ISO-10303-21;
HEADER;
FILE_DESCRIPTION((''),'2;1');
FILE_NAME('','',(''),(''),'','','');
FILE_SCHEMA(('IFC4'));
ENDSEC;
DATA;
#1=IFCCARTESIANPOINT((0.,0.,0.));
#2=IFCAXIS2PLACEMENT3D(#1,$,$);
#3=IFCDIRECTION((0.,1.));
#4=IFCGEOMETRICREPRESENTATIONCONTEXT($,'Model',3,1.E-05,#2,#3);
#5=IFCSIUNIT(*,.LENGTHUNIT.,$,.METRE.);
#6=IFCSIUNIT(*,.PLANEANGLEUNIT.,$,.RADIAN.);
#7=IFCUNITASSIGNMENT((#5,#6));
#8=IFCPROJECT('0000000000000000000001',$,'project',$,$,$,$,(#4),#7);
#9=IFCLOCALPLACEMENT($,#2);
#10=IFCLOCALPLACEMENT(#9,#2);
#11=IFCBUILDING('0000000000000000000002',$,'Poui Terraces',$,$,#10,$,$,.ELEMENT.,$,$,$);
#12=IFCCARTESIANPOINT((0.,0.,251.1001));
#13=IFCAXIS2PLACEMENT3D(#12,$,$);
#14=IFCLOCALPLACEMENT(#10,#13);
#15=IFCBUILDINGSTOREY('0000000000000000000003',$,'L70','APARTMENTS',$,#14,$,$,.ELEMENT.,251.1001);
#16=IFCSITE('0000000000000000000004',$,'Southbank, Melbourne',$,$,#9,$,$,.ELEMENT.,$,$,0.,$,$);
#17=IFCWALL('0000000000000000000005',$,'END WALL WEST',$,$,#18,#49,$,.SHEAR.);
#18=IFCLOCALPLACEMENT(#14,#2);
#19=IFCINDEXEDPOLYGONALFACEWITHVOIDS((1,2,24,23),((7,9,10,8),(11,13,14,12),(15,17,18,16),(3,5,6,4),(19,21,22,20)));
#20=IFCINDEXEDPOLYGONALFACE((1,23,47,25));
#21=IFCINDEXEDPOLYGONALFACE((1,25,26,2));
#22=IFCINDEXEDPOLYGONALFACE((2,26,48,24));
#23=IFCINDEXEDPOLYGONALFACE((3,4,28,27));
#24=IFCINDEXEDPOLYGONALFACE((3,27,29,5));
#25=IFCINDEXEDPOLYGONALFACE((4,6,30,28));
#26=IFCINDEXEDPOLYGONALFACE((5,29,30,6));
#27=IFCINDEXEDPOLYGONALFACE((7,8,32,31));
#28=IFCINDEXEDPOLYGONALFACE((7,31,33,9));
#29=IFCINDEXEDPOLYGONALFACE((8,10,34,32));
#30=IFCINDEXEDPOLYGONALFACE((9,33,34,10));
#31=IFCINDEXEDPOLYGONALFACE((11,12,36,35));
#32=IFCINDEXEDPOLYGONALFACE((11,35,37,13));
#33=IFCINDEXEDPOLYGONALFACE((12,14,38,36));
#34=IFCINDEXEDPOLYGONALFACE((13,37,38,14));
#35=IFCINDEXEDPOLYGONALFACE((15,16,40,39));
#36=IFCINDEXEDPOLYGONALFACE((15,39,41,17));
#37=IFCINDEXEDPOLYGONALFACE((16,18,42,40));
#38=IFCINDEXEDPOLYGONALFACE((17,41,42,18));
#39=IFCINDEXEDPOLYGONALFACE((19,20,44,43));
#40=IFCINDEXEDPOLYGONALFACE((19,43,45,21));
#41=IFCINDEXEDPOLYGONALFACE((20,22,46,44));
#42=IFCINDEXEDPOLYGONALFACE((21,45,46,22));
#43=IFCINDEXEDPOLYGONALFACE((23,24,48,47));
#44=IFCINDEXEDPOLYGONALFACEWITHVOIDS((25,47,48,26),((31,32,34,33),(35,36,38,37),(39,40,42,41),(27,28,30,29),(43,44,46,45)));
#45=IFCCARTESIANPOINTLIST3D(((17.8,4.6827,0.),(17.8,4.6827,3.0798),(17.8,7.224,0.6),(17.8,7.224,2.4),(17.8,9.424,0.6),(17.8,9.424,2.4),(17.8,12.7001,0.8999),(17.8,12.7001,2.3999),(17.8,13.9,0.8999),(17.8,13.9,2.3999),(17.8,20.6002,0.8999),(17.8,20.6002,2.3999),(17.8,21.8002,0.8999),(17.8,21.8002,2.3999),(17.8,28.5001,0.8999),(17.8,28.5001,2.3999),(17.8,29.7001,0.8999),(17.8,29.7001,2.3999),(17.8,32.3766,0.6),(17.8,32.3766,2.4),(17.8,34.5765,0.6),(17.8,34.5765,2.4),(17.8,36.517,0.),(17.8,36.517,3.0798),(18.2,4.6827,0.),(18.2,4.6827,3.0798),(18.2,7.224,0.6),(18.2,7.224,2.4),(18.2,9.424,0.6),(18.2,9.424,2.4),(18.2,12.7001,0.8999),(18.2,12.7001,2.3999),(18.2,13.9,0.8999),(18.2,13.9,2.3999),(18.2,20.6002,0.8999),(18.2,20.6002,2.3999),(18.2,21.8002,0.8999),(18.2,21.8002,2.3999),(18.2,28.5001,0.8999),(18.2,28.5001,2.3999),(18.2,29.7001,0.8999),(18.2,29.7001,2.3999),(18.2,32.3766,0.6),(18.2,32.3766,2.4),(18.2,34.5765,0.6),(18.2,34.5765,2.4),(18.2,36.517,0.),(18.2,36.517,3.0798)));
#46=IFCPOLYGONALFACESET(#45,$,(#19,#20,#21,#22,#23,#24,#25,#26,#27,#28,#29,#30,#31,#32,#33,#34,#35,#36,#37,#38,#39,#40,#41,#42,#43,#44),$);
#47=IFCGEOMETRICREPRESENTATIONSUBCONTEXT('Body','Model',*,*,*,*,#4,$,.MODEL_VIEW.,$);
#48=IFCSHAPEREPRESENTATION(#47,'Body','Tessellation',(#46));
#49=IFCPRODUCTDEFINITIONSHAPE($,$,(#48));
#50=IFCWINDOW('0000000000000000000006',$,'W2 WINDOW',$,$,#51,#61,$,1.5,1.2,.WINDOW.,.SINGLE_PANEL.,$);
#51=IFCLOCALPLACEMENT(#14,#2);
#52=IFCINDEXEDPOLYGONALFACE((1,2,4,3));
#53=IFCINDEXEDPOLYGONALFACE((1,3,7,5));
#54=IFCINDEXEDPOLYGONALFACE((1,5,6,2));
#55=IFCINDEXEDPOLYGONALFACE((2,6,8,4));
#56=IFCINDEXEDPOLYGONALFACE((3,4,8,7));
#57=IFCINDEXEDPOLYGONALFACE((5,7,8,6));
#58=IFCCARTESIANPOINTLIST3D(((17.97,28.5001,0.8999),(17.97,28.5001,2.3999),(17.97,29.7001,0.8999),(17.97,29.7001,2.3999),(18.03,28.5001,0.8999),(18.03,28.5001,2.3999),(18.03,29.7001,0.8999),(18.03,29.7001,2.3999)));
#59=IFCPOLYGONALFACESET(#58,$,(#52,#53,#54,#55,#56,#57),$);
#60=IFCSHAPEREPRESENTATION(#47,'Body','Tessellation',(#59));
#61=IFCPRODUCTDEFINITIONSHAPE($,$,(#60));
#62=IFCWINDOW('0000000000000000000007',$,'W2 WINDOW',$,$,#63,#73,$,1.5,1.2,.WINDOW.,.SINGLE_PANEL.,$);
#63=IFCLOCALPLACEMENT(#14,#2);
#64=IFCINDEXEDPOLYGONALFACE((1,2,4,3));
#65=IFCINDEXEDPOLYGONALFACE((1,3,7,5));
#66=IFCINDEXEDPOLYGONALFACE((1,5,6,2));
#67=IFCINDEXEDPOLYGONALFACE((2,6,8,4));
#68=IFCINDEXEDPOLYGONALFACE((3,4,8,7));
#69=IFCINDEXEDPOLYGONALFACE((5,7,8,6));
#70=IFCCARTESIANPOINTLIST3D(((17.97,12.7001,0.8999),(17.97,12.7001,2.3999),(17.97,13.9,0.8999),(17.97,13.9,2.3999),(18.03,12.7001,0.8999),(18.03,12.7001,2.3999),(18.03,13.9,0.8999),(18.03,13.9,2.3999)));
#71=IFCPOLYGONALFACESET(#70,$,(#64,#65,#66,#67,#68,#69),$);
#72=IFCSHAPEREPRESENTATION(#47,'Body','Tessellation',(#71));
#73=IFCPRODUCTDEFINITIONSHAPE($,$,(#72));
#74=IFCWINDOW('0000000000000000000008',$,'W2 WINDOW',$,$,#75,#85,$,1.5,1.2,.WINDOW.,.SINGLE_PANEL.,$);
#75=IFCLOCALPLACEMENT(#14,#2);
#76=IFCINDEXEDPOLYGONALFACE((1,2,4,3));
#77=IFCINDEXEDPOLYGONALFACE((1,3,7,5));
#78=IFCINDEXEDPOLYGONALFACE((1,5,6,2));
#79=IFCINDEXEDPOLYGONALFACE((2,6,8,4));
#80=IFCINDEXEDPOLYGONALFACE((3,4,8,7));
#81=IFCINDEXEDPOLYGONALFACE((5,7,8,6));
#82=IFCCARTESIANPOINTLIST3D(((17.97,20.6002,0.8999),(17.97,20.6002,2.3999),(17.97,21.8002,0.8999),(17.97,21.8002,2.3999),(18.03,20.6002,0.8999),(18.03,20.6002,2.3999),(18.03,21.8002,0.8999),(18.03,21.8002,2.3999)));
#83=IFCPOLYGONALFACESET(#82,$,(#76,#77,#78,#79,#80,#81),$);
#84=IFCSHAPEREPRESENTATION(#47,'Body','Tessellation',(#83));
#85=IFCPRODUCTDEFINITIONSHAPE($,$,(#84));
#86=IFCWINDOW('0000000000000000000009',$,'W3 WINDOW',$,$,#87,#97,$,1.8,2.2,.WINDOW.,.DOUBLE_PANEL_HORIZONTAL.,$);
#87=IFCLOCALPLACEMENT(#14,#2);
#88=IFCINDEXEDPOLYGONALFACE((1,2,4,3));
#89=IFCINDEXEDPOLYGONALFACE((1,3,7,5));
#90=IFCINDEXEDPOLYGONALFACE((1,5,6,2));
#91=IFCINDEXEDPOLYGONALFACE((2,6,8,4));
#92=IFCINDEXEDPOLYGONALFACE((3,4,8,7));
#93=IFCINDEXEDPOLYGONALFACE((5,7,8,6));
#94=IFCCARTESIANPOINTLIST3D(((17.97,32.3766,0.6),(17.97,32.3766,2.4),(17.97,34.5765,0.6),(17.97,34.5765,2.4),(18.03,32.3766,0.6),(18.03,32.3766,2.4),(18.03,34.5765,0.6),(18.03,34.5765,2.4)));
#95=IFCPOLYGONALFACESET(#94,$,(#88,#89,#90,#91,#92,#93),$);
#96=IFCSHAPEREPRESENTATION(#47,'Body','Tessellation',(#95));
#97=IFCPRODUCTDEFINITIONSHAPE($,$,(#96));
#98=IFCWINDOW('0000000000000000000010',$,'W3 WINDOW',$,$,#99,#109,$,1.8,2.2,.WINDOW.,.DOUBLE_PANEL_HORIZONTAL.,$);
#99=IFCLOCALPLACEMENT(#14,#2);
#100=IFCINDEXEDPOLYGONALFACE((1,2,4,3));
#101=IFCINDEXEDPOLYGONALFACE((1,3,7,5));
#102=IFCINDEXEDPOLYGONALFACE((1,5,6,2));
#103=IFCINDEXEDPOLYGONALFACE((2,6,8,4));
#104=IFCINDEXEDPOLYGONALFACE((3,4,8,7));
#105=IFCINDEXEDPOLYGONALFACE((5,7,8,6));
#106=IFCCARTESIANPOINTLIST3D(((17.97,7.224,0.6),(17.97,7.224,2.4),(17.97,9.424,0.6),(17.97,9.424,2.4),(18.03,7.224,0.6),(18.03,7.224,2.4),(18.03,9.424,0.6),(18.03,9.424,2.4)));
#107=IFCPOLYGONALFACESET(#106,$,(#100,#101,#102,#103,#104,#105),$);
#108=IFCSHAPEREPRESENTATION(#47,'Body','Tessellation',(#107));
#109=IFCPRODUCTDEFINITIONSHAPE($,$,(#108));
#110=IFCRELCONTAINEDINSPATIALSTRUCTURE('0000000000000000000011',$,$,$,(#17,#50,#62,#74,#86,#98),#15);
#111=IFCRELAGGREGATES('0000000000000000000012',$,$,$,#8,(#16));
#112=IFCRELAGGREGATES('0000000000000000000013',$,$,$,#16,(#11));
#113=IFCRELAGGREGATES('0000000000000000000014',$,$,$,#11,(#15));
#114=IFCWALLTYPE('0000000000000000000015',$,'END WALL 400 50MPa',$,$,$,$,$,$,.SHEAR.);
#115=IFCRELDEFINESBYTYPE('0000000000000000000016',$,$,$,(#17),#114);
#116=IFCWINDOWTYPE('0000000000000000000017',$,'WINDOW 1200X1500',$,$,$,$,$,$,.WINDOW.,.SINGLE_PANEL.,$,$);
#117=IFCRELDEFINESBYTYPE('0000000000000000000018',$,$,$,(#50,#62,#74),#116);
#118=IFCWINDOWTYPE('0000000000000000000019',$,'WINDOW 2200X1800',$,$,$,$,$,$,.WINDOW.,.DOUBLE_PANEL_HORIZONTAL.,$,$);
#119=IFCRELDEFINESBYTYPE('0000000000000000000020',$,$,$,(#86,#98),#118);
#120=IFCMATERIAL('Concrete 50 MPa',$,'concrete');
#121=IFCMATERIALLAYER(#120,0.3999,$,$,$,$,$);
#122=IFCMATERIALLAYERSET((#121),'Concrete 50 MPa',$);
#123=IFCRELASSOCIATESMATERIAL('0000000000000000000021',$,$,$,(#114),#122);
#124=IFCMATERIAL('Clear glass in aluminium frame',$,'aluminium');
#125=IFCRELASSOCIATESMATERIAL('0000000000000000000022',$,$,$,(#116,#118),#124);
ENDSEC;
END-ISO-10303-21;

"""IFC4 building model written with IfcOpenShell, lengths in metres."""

from ifc_helpers import new_model, si_unit, direction, frame, frame_2d, origin, place, context, subcontext, project, spatial, rectangle, extrude, material, layer, layer_set, type_object, element, fill, save


model = new_model("IFC4")

# Units and contexts
model_context = context("Model", 3, precision=1e-05, world=origin(), true_north=direction((0.0, 1.0)))
body_context = subcontext(model_context, "Body", "Model", "MODEL_VIEW")
ifc_project = project(units=[si_unit("LENGTHUNIT", "METRE"), si_unit("PLANEANGLEUNIT", "RADIAN")], contexts=[model_context])

# Site, building, storey
site_placement = place(None, origin())
site = spatial("IfcSite", under=ifc_project, at=site_placement, Name="Southbank, Melbourne", CompositionType="ELEMENT", RefElevation=0.0)
building_placement = place(site_placement, origin())
building = spatial("IfcBuilding", under=site, at=building_placement, Name="Poui Terraces", CompositionType="ELEMENT")
storey_placement = place(building_placement, frame((0.0, 0.0, 251.1001)))
storey = spatial("IfcBuildingStorey", under=building, at=storey_placement, Name="L70", Description="APARTMENTS", CompositionType="ELEMENT", Elevation=251.1001)

# Wall, openings, windows
ifc_material_1 = material(Name="Concrete 50 MPa", Category="concrete")
ifc_layer = layer(ifc_material_1, 0.3999)
ifc_layer_set = layer_set([ifc_layer], Name="Concrete 50 MPa")
wall_type = type_object("IfcWallType", Name="END WALL 400 50MPa", PredefinedType="SHEAR", material=ifc_layer_set)
wall_placement = place(storey_placement, frame((18.0, 4.6829, 0.0), z_axis=(0.0, 0.0, 1.0), x_axis=(0.0, 1.0, 0.0)))
wall = element("IfcWall", 1, at=wall_placement, inside=storey, type_object=wall_type, Name="END WALL WEST", PredefinedType="SHEAR", context=body_context, shape_type="SweptSolid", body=[
    extrude(rectangle(XDim=31.8342, YDim=0.3999, at=frame_2d((15.917, 0.0))), origin(), (0.0, 0.0, 1.0), 3.0798),
])
opening_1_placement = place(wall_placement, frame((23.8171, 0.0, 0.8999)))
opening_1 = element("IfcOpeningElement", 2, at=opening_1_placement, cuts=wall, PredefinedType="OPENING", context=body_context, shape_type="SweptSolid", body=[
    extrude(rectangle(XDim=1.2, YDim=1.5, at=frame_2d((0.6001, 0.75))), frame((0.0, 0.21, 0.0), z_axis=(0.0, -1.0, 0.0), x_axis=(1.0, 0.0, 0.0)), (0.0, 0.0, 1.0), 0.4199),
])
opening_2_placement = place(wall_placement, frame((8.0171, 0.0, 0.8999)))
opening_2 = element("IfcOpeningElement", 3, at=opening_2_placement, cuts=wall, PredefinedType="OPENING", context=body_context, shape_type="SweptSolid", body=[
    extrude(rectangle(XDim=1.2, YDim=1.5, at=frame_2d((0.6001, 0.75))), frame((0.0, 0.21, 0.0), z_axis=(0.0, -1.0, 0.0), x_axis=(1.0, 0.0, 0.0)), (0.0, 0.0, 1.0), 0.4199),
])
opening_3_placement = place(wall_placement, frame((27.6936, 0.0, 0.6001)))
opening_3 = element("IfcOpeningElement", 4, at=opening_3_placement, cuts=wall, PredefinedType="OPENING", context=body_context, shape_type="SweptSolid", body=[
    extrude(rectangle(XDim=2.2, YDim=1.8, at=frame_2d((1.1001, 0.8999))), frame((0.0, 0.21, 0.0), z_axis=(0.0, -1.0, 0.0), x_axis=(1.0, 0.0, 0.0)), (0.0, 0.0, 1.0), 0.4199),
])
opening_4_placement = place(wall_placement, frame((2.541, 0.0, 0.6001)))
opening_4 = element("IfcOpeningElement", 5, at=opening_4_placement, cuts=wall, PredefinedType="OPENING", context=body_context, shape_type="SweptSolid", body=[
    extrude(rectangle(XDim=2.2, YDim=1.8, at=frame_2d((1.1001, 0.8999))), frame((0.0, 0.21, 0.0), z_axis=(0.0, -1.0, 0.0), x_axis=(1.0, 0.0, 0.0)), (0.0, 0.0, 1.0), 0.4199),
])
opening_5_placement = place(wall_placement, frame((15.9172, 0.0, 0.8999)))
opening_5 = element("IfcOpeningElement", 6, at=opening_5_placement, cuts=wall, PredefinedType="OPENING", context=body_context, shape_type="SweptSolid", body=[
    extrude(rectangle(XDim=1.2, YDim=1.5, at=frame_2d((0.6001, 0.75))), frame((0.0, 0.21, 0.0), z_axis=(0.0, -1.0, 0.0), x_axis=(1.0, 0.0, 0.0)), (0.0, 0.0, 1.0), 0.4199),
])
ifc_material_2 = material(Name="Clear glass in aluminium frame", Category="aluminium")
window_type_1 = type_object("IfcWindowType", Name="WINDOW 1200X1500", PartitioningType="SINGLE_PANEL", PredefinedType="WINDOW", material=ifc_material_2)
window_1_placement = place(opening_1_placement, origin())
window_1 = element("IfcWindow", 7, at=window_1_placement, inside=storey, type_object=window_type_1, Name="W2 WINDOW", OverallHeight=1.5, OverallWidth=1.2, PartitioningType="SINGLE_PANEL", PredefinedType="WINDOW", context=body_context, shape_type="SweptSolid", body=[
    extrude(rectangle(XDim=1.2, YDim=1.5, at=frame_2d((0.6001, 0.75))), frame((0.0, 0.03, 0.0), z_axis=(0.0, -1.0, 0.0), x_axis=(1.0, 0.0, 0.0)), (0.0, 0.0, 1.0), 0.0601),
])
fill(opening_1, window_1)
window_2_placement = place(opening_2_placement, origin())
window_2 = element("IfcWindow", 8, at=window_2_placement, inside=storey, type_object=window_type_1, Name="W2 WINDOW", OverallHeight=1.5, OverallWidth=1.2, PartitioningType="SINGLE_PANEL", PredefinedType="WINDOW", context=body_context, shape_type="SweptSolid", body=[
    extrude(rectangle(XDim=1.2, YDim=1.5, at=frame_2d((0.6001, 0.75))), frame((0.0, 0.03, 0.0), z_axis=(0.0, -1.0, 0.0), x_axis=(1.0, 0.0, 0.0)), (0.0, 0.0, 1.0), 0.0601),
])
fill(opening_2, window_2)
window_3_placement = place(opening_5_placement, origin())
window_3 = element("IfcWindow", 9, at=window_3_placement, inside=storey, type_object=window_type_1, Name="W2 WINDOW", OverallHeight=1.5, OverallWidth=1.2, PartitioningType="SINGLE_PANEL", PredefinedType="WINDOW", context=body_context, shape_type="SweptSolid", body=[
    extrude(rectangle(XDim=1.2, YDim=1.5, at=frame_2d((0.6001, 0.75))), frame((0.0, 0.03, 0.0), z_axis=(0.0, -1.0, 0.0), x_axis=(1.0, 0.0, 0.0)), (0.0, 0.0, 1.0), 0.0601),
])
fill(opening_5, window_3)
window_type_2 = type_object("IfcWindowType", Name="WINDOW 2200X1800", PartitioningType="DOUBLE_PANEL_HORIZONTAL", PredefinedType="WINDOW", material=ifc_material_2)
window_4_placement = place(opening_3_placement, origin())
window_4 = element("IfcWindow", 10, at=window_4_placement, inside=storey, type_object=window_type_2, Name="W3 WINDOW", OverallHeight=1.8, OverallWidth=2.2, PartitioningType="DOUBLE_PANEL_HORIZONTAL", PredefinedType="WINDOW", context=body_context, shape_type="SweptSolid", body=[
    extrude(rectangle(XDim=2.2, YDim=1.8, at=frame_2d((1.1001, 0.8999))), frame((0.0, 0.03, 0.0), z_axis=(0.0, -1.0, 0.0), x_axis=(1.0, 0.0, 0.0)), (0.0, 0.0, 1.0), 0.0601),
])
fill(opening_3, window_4)
window_5_placement = place(opening_4_placement, origin())
window_5 = element("IfcWindow", 11, at=window_5_placement, inside=storey, type_object=window_type_2, Name="W3 WINDOW", OverallHeight=1.8, OverallWidth=2.2, PartitioningType="DOUBLE_PANEL_HORIZONTAL", PredefinedType="WINDOW", context=body_context, shape_type="SweptSolid", body=[
    extrude(rectangle(XDim=2.2, YDim=1.8, at=frame_2d((1.1001, 0.8999))), frame((0.0, 0.03, 0.0), z_axis=(0.0, -1.0, 0.0), x_axis=(1.0, 0.0, 0.0)), (0.0, 0.0, 1.0), 0.0601),
])
fill(opening_4, window_5)

save(model, "model.ifc")
